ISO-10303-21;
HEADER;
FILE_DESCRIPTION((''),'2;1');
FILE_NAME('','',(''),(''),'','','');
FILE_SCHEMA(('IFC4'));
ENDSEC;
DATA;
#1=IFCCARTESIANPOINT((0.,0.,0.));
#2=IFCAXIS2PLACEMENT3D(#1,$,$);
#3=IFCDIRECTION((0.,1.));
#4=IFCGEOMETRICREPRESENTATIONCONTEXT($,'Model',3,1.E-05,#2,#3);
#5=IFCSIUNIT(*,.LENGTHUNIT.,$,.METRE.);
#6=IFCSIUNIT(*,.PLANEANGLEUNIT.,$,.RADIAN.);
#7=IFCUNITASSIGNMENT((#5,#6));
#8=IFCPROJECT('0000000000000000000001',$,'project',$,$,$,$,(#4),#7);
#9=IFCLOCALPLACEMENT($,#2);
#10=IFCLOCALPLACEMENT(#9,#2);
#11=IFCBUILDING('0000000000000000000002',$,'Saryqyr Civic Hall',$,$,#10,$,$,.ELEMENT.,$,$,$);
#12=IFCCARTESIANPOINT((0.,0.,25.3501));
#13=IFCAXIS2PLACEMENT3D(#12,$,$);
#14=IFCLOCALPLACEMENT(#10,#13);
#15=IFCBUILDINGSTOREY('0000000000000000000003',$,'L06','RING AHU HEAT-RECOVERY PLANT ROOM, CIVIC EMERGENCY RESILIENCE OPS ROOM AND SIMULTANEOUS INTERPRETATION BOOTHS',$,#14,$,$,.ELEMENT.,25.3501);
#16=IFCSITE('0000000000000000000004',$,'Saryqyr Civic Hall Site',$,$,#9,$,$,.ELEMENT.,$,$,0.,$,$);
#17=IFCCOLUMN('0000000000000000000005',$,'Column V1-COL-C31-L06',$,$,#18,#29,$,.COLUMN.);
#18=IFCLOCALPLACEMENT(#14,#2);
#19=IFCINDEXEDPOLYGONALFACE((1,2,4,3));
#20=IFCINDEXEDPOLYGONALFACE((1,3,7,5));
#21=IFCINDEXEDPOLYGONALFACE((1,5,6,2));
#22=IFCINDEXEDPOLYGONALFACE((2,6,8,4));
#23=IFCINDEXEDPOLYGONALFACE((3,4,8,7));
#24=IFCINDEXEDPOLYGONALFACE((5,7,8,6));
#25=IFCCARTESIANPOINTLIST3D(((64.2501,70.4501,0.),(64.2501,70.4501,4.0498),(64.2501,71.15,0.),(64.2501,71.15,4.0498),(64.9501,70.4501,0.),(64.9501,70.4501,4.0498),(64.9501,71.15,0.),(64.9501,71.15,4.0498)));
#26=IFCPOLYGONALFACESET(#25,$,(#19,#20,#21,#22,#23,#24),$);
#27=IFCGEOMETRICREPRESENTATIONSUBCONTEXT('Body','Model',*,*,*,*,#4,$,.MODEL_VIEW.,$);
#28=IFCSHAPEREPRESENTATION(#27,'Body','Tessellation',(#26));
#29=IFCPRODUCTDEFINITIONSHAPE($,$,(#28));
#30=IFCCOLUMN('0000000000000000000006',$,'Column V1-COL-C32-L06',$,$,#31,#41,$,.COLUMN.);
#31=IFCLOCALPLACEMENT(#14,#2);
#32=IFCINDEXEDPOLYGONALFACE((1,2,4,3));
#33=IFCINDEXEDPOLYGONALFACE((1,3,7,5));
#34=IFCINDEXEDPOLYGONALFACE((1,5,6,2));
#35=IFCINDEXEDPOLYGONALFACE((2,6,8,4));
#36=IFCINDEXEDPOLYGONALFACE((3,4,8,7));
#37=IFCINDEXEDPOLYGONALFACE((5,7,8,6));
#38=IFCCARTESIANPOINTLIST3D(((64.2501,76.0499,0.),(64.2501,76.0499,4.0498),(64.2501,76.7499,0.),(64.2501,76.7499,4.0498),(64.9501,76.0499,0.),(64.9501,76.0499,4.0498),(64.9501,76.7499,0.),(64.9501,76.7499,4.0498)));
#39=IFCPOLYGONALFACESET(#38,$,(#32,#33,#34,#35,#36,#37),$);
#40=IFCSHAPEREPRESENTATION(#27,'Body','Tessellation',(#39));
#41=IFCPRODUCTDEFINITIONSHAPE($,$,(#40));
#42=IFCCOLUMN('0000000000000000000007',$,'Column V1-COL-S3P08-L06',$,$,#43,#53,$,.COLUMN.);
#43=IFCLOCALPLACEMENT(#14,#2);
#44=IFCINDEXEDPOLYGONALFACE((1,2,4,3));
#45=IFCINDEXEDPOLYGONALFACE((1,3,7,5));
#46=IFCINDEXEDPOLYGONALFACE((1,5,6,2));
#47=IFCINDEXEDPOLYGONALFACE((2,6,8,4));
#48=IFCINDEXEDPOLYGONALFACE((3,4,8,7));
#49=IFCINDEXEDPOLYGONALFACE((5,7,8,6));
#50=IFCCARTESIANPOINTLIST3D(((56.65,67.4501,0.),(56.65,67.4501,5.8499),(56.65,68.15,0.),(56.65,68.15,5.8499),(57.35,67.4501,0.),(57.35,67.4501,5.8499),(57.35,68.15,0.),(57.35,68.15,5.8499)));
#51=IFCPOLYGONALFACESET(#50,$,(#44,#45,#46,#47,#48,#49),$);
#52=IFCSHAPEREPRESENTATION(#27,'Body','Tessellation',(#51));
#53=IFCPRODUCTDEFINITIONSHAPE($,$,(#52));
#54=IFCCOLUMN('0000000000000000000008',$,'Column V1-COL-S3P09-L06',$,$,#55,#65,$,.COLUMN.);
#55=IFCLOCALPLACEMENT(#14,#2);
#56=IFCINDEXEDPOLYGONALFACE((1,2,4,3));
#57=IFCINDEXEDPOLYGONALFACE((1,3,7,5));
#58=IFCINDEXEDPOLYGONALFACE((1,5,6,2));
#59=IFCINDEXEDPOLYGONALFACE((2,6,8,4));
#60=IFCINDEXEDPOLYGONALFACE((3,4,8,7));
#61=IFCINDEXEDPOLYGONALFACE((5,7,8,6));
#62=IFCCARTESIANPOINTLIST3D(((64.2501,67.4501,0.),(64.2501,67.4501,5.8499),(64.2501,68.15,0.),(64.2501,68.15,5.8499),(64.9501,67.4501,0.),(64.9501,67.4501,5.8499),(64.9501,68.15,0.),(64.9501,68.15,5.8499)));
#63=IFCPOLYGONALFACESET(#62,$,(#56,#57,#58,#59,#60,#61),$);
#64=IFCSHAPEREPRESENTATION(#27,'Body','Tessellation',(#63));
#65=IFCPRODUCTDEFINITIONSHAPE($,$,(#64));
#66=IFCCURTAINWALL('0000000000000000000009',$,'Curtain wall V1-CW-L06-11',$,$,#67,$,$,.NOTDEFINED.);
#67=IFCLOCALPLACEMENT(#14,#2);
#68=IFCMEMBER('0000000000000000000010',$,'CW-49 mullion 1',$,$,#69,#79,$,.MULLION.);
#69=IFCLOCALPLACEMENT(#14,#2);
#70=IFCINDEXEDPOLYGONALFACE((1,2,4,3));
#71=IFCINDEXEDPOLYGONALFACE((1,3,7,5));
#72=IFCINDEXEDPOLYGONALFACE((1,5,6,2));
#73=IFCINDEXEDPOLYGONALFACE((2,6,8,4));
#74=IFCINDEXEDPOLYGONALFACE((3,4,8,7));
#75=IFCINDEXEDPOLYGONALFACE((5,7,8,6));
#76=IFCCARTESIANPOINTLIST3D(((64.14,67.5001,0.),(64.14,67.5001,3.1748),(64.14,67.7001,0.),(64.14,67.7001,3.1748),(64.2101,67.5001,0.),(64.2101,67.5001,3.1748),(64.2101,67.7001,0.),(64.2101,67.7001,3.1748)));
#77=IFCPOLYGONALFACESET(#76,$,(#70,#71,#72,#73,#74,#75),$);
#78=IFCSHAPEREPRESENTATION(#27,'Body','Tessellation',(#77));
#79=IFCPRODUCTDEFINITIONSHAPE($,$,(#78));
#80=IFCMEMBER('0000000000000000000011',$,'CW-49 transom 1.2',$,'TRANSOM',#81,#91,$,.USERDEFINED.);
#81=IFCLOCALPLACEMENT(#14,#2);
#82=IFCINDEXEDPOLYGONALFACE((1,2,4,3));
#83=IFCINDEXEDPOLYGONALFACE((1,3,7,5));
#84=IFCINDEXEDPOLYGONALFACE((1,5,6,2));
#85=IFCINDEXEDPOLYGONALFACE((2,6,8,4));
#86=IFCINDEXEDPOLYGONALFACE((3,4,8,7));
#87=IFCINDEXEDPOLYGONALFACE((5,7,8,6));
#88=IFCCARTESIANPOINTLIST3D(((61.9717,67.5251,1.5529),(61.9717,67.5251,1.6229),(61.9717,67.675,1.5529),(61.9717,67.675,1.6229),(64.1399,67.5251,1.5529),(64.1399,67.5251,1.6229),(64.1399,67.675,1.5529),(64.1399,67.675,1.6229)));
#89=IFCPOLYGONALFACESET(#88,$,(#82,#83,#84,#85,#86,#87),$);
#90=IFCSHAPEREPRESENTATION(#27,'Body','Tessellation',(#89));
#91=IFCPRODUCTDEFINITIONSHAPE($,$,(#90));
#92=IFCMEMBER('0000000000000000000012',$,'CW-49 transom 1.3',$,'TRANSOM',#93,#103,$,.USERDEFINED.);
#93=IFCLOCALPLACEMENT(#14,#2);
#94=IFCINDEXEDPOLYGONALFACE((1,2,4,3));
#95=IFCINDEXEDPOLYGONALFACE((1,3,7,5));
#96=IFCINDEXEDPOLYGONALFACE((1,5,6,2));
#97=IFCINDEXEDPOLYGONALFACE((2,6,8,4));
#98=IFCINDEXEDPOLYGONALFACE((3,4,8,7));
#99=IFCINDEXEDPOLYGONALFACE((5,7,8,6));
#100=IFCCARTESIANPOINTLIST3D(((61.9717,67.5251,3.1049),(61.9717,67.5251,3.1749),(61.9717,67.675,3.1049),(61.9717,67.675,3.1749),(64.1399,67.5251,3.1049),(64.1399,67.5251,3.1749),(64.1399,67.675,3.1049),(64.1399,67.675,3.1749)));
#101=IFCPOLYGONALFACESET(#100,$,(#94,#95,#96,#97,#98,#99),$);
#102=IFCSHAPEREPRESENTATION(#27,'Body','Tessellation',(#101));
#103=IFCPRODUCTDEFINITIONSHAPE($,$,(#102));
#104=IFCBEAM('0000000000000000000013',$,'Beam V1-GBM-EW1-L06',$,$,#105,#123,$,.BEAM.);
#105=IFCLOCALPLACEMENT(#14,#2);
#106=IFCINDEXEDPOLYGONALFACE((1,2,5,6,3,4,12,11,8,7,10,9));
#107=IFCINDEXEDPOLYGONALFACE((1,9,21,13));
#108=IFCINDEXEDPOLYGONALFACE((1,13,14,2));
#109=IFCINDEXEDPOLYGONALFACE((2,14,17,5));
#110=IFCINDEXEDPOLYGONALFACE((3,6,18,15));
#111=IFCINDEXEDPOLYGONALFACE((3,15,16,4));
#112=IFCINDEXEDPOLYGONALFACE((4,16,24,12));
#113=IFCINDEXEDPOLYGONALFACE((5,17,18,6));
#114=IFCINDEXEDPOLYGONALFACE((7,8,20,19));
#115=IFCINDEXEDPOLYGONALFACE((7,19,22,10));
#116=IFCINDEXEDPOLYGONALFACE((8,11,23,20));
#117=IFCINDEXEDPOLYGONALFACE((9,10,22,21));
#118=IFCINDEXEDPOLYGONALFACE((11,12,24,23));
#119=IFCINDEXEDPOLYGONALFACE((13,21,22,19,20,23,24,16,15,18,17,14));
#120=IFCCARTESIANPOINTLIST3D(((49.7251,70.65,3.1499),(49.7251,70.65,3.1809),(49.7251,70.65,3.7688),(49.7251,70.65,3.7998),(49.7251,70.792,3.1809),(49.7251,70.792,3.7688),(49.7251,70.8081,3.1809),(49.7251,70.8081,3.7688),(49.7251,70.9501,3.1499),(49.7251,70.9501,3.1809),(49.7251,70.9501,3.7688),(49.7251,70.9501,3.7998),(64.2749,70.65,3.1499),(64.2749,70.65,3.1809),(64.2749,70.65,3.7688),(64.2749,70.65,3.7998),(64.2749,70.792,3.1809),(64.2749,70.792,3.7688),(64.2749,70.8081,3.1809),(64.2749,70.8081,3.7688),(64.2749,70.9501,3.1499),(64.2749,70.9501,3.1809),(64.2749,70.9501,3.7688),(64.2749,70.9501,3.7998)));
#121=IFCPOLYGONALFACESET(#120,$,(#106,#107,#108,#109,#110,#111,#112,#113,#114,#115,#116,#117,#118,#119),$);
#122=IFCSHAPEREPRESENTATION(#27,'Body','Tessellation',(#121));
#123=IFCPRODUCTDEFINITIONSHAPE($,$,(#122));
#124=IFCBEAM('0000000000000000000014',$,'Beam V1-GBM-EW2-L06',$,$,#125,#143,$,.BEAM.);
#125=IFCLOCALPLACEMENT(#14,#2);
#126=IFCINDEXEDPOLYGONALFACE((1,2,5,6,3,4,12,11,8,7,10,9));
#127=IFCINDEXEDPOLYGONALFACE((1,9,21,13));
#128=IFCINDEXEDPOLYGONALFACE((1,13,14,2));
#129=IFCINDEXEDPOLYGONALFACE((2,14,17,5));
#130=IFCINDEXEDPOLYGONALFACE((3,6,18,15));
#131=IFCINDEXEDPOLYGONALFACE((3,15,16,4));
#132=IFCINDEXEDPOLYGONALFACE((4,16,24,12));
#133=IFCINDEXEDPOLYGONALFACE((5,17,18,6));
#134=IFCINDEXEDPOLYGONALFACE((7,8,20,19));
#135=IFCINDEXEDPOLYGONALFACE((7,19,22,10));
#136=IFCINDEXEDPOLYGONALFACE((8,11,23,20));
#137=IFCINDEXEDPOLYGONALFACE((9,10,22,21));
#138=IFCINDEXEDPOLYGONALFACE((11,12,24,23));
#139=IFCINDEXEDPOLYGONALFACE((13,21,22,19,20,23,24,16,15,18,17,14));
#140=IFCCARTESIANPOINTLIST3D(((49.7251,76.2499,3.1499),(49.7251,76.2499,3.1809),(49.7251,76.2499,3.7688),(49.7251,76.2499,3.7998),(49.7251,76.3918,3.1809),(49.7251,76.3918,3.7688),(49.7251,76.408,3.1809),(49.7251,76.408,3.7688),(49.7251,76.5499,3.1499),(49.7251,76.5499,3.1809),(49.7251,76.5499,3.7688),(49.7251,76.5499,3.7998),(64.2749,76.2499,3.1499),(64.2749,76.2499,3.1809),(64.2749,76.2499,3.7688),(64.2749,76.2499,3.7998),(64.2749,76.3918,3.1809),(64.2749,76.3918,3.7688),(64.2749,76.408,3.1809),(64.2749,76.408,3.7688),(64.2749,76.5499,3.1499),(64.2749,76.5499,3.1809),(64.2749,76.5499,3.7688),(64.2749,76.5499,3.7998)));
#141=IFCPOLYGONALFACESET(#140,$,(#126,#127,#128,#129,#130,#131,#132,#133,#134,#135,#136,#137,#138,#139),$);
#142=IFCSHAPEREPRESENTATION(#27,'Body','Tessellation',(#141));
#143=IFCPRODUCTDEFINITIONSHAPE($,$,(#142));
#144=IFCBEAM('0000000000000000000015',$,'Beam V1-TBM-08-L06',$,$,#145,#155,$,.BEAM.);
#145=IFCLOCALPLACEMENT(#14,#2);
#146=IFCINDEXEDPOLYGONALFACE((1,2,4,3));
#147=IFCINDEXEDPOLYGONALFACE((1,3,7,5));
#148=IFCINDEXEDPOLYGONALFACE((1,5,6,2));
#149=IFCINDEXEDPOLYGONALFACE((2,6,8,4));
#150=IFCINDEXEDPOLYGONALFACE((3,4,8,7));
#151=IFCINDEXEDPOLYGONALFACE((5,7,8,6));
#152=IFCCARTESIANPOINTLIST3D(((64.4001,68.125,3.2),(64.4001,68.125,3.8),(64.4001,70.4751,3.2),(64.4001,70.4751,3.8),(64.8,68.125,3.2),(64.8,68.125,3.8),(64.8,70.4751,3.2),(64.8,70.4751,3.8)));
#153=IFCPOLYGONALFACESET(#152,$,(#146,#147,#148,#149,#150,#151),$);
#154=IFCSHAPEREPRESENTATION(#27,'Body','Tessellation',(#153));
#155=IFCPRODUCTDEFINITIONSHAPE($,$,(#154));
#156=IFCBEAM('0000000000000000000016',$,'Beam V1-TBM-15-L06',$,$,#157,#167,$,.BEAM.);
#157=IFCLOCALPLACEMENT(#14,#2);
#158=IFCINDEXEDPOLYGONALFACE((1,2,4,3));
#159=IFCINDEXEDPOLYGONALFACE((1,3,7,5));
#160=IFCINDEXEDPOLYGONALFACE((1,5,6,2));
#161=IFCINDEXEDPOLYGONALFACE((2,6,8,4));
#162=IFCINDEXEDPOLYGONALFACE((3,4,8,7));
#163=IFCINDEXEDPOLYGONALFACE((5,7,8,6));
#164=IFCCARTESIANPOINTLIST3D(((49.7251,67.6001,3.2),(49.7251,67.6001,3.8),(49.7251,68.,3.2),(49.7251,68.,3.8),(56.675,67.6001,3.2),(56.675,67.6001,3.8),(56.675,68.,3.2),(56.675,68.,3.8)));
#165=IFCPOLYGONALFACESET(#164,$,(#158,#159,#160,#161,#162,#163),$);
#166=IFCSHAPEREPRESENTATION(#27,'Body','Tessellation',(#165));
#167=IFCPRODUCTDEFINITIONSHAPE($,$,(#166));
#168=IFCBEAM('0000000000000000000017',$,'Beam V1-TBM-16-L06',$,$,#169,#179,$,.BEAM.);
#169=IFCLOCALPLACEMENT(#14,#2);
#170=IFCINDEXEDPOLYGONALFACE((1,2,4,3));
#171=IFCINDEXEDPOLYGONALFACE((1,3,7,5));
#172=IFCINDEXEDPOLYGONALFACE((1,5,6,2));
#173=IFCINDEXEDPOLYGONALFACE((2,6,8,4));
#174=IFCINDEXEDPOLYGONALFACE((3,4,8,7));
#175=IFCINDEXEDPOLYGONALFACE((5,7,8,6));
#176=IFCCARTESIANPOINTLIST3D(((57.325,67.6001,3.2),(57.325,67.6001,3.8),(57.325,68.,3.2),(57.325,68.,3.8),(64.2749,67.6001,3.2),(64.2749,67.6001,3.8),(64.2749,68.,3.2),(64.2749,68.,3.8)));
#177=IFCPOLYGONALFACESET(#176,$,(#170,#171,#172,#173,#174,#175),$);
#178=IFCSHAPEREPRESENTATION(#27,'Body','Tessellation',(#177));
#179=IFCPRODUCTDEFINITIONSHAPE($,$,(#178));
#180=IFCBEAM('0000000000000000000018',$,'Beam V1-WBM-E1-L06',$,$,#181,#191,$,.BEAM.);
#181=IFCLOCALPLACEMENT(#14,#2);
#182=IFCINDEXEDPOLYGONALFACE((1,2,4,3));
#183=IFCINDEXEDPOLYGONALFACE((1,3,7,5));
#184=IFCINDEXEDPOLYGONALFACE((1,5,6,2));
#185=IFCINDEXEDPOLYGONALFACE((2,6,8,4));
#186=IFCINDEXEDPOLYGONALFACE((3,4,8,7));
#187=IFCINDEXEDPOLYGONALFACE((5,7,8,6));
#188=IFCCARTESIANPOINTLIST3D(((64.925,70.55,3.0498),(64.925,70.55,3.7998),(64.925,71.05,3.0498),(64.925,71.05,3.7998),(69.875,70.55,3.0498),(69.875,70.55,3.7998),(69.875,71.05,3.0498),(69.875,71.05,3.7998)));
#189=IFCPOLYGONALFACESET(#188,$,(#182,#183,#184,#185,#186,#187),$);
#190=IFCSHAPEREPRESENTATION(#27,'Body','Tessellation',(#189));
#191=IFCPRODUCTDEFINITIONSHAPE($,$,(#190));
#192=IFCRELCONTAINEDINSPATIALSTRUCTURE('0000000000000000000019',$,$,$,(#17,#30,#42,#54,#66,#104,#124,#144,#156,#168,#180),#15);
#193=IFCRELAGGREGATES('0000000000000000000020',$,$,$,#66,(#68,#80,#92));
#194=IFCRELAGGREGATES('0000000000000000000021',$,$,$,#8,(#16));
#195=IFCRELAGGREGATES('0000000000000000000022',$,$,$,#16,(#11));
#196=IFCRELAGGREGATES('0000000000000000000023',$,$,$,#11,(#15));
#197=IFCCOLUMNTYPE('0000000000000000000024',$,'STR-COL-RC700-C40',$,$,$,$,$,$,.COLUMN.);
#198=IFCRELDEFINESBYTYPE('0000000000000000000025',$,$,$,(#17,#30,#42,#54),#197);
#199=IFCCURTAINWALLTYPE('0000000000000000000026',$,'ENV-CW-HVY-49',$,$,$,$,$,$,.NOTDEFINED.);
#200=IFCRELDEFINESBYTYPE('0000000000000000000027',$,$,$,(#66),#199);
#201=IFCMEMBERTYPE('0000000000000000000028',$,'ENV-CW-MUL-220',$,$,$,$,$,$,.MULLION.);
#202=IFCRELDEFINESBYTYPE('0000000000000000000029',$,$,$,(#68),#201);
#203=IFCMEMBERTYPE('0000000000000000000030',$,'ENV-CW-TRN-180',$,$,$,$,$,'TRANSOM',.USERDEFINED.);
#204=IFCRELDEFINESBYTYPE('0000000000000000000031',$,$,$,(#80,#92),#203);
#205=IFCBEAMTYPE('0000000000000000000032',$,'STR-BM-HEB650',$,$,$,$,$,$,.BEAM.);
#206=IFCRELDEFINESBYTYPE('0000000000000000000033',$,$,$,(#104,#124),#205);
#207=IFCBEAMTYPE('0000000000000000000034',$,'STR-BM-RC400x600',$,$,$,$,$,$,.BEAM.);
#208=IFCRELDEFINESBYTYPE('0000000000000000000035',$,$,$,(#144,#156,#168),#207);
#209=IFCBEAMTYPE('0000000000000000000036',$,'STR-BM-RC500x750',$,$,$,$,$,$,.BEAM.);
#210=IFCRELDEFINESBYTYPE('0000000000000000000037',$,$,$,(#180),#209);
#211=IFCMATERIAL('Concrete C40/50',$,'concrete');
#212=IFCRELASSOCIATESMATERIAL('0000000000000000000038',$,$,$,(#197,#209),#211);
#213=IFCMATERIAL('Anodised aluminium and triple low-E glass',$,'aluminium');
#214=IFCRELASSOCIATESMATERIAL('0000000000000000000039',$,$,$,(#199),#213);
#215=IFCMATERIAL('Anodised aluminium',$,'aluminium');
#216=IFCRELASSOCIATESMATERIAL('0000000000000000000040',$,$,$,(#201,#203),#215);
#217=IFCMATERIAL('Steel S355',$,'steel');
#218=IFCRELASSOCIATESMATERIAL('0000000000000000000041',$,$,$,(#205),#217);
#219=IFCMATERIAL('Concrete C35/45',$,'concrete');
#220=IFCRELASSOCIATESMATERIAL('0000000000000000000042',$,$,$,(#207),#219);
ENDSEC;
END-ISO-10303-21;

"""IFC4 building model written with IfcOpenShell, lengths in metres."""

from ifc_helpers import new_model, si_unit, direction, frame, origin, origin_2d, place, context, subcontext, project, spatial, rectangle, i_section, extrude, material, material_profile, profile_set, type_object, element, aggregate, save


model = new_model("IFC4")

# Units and contexts
model_context = context("Model", 3, precision=1e-05, world=origin(), true_north=direction((0.0, 1.0)))
body_context = subcontext(model_context, "Body", "Model", "MODEL_VIEW")
ifc_project = project(units=[si_unit("LENGTHUNIT", "METRE"), si_unit("PLANEANGLEUNIT", "RADIAN")], contexts=[model_context])

# Site, building, storey
site_placement = place(None, origin())
site = spatial("IfcSite", under=ifc_project, at=site_placement, Name="Saryqyr Civic Hall Site", CompositionType="ELEMENT", RefElevation=0.0)
building_placement = place(site_placement, origin())
building = spatial("IfcBuilding", under=site, at=building_placement, Name="Saryqyr Civic Hall", CompositionType="ELEMENT")
storey_placement = place(building_placement, frame((0.0, 0.0, 25.3501)))
storey = spatial("IfcBuildingStorey", under=building, at=storey_placement, Name="L06", Description="RING AHU HEAT-RECOVERY PLANT ROOM, CIVIC EMERGENCY RESILIENCE OPS ROOM AND SIMULTANEOUS INTERPRETATION BOOTHS", CompositionType="ELEMENT", Elevation=25.3501)

# Columns
ifc_material_1 = material(Name="Concrete C40/50", Category="concrete")
ifc_material_profile_1 = material_profile(ifc_material_1, rectangle(XDim=0.7, YDim=0.7, at=origin_2d()), Name="RC 700x700")
ifc_profile_set_1 = profile_set([ifc_material_profile_1], Name="Concrete C40/50")
column_type = type_object("IfcColumnType", Name="STR-COL-RC700-C40", PredefinedType="COLUMN", material=ifc_profile_set_1)
for number, where, z_axis, x_axis, name in (
    (1, (64.6001, 70.8, 0.0), (0.0, 0.0, 1.0), (1.0, 0.0, 0.0), "Column V1-COL-C31-L06"),
    (2, (64.6001, 76.3999, 0.0), (0.0, 0.0, 1.0), (1.0, 0.0, 0.0), "Column V1-COL-C32-L06"),
):
    element("IfcColumn", number, at=place(storey_placement, frame(where, z_axis=z_axis, x_axis=x_axis)), inside=storey, type_object=column_type, Name=name, PredefinedType="COLUMN", context=body_context, shape_type="SweptSolid", body=[
        extrude(rectangle(XDim=0.7, YDim=0.7, at=origin_2d()), origin(), (0.0, 0.0, 1.0), 4.0498),
    ])
for number, where, z_axis, x_axis, name in (
    (3, (57.0, 67.8, 0.0), (0.0, 0.0, 1.0), (1.0, 0.0, 0.0), "Column V1-COL-S3P08-L06"),
    (4, (64.6001, 67.8, 0.0), (0.0, 0.0, 1.0), (1.0, 0.0, 0.0), "Column V1-COL-S3P09-L06"),
):
    element("IfcColumn", number, at=place(storey_placement, frame(where, z_axis=z_axis, x_axis=x_axis)), inside=storey, type_object=column_type, Name=name, PredefinedType="COLUMN", context=body_context, shape_type="SweptSolid", body=[
        extrude(rectangle(XDim=0.7, YDim=0.7, at=origin_2d()), origin(), (0.0, 0.0, 1.0), 5.8499),
    ])

# Curtain wall, members
ifc_material_2 = material(Name="Anodised aluminium and triple low-E glass", Category="aluminium")
curtain_wall_type = type_object("IfcCurtainWallType", Name="ENV-CW-HVY-49", PredefinedType="NOTDEFINED", material=ifc_material_2)
curtain_wall_placement = place(storey_placement, origin())
curtain_wall = element("IfcCurtainWall", 5, at=curtain_wall_placement, inside=storey, type_object=curtain_wall_type, Name="Curtain wall V1-CW-L06-11", PredefinedType="NOTDEFINED")
ifc_material_3 = material(Name="Anodised aluminium", Category="aluminium")
ifc_material_profile_2 = material_profile(ifc_material_3, rectangle(XDim=0.0701, YDim=0.2, at=origin_2d()), Name="ALU MULLION 70x200")
ifc_profile_set_2 = profile_set([ifc_material_profile_2], Name="Anodised aluminium")
member_type_1 = type_object("IfcMemberType", Name="ENV-CW-MUL-220", PredefinedType="MULLION", material=ifc_profile_set_2)
member_1_placement = place(storey_placement, frame((64.175, 67.6001, 0.0), z_axis=(0.0, 0.0, 1.0), x_axis=(-1.0, 0.0, 0.0)))
member_1 = element("IfcMember", 6, at=member_1_placement, type_object=member_type_1, Name="CW-49 mullion 1", PredefinedType="MULLION", context=body_context, shape_type="SweptSolid", body=[
    extrude(rectangle(XDim=0.0701, YDim=0.2, at=origin_2d()), origin(), (0.0, 0.0, 1.0), 3.1748),
])
ifc_material_profile_3 = material_profile(ifc_material_3, rectangle(XDim=0.1499, YDim=0.0701, at=origin_2d()), Name="ALU TRANSOM 150x70")
ifc_profile_set_3 = profile_set([ifc_material_profile_3], Name="Anodised aluminium")
member_type_2 = type_object("IfcMemberType", Name="ENV-CW-TRN-180", ElementType="TRANSOM", PredefinedType="USERDEFINED", material=ifc_profile_set_3)
member_2_placement = place(storey_placement, frame((64.1399, 67.6001, 1.5879), z_axis=(-1.0, 0.0, 0.0), x_axis=(0.0, -1.0, 0.0)))
member_2 = element("IfcMember", 7, at=member_2_placement, type_object=member_type_2, Name="CW-49 transom 1.2", ObjectType="TRANSOM", PredefinedType="USERDEFINED", context=body_context, shape_type="SweptSolid", body=[
    extrude(rectangle(XDim=0.1499, YDim=0.0701, at=origin_2d()), origin(), (0.0, 0.0, 1.0), 2.1682),
])
member_3_placement = place(storey_placement, frame((64.1399, 67.6001, 3.1399), z_axis=(-1.0, 0.0, 0.0), x_axis=(0.0, -1.0, 0.0)))
member_3 = element("IfcMember", 8, at=member_3_placement, type_object=member_type_2, Name="CW-49 transom 1.3", ObjectType="TRANSOM", PredefinedType="USERDEFINED", context=body_context, shape_type="SweptSolid", body=[
    extrude(rectangle(XDim=0.1499, YDim=0.0701, at=origin_2d()), origin(), (0.0, 0.0, 1.0), 2.1682),
])
aggregate(curtain_wall, [member_1, member_2, member_3])

# Beams
ifc_material_4 = material(Name="Steel S355", Category="steel")
ifc_material_profile_4 = material_profile(ifc_material_4, i_section(OverallWidth=0.3, OverallDepth=0.6499, WebThickness=0.0161, FlangeThickness=0.031, at=origin_2d()), Name="HEB 650")
ifc_profile_set_4 = profile_set([ifc_material_profile_4], Name="Steel S355")
beam_type_1 = type_object("IfcBeamType", Name="STR-BM-HEB650", PredefinedType="BEAM", material=ifc_profile_set_4)
for number, where, z_axis, x_axis, name in (
    (9, (49.7251, 70.8, 3.4749), (1.0, 0.0, 0.0), (0.0, 1.0, 0.0), "Beam V1-GBM-EW1-L06"),
    (10, (49.7251, 76.3999, 3.4749), (1.0, 0.0, 0.0), (0.0, 1.0, 0.0), "Beam V1-GBM-EW2-L06"),
):
    element("IfcBeam", number, at=place(storey_placement, frame(where, z_axis=z_axis, x_axis=x_axis)), inside=storey, type_object=beam_type_1, Name=name, PredefinedType="BEAM", context=body_context, shape_type="SweptSolid", body=[
        extrude(i_section(OverallWidth=0.3, OverallDepth=0.6499, WebThickness=0.0161, FlangeThickness=0.031, at=origin_2d()), origin(), (0.0, 0.0, 1.0), 14.5498),
    ])
ifc_material_5 = material(Name="Concrete C35/45", Category="concrete")
ifc_material_profile_5 = material_profile(ifc_material_5, rectangle(XDim=0.3999, YDim=0.6001, at=origin_2d()), Name="RC 400x600")
ifc_profile_set_5 = profile_set([ifc_material_profile_5], Name="Concrete C35/45")
beam_type_2 = type_object("IfcBeamType", Name="STR-BM-RC400x600", PredefinedType="BEAM", material=ifc_profile_set_5)
beam_placement = place(storey_placement, frame((64.6001, 68.125, 3.5), z_axis=(0.0, 1.0, 0.0), x_axis=(-1.0, 0.0, 0.0)))
element("IfcBeam", 11, at=beam_placement, inside=storey, type_object=beam_type_2, Name="Beam V1-TBM-08-L06", PredefinedType="BEAM", context=body_context, shape_type="SweptSolid", body=[
    extrude(rectangle(XDim=0.3999, YDim=0.6001, at=origin_2d()), origin(), (0.0, 0.0, 1.0), 2.3501),
])
for number, where, z_axis, x_axis, name in (
    (12, (49.7251, 67.8, 3.5), (1.0, 0.0, 0.0), (0.0, 1.0, 0.0), "Beam V1-TBM-15-L06"),
    (13, (57.325, 67.8, 3.5), (1.0, 0.0, 0.0), (0.0, 1.0, 0.0), "Beam V1-TBM-16-L06"),
):
    element("IfcBeam", number, at=place(storey_placement, frame(where, z_axis=z_axis, x_axis=x_axis)), inside=storey, type_object=beam_type_2, Name=name, PredefinedType="BEAM", context=body_context, shape_type="SweptSolid", body=[
        extrude(rectangle(XDim=0.3999, YDim=0.6001, at=origin_2d()), origin(), (0.0, 0.0, 1.0), 6.95),
    ])
ifc_material_profile_6 = material_profile(ifc_material_1, rectangle(XDim=0.5, YDim=0.75, at=origin_2d()), Name="RC 500x750")
ifc_profile_set_6 = profile_set([ifc_material_profile_6], Name="Concrete C40/50")
beam_type_3 = type_object("IfcBeamType", Name="STR-BM-RC500x750", PredefinedType="BEAM", material=ifc_profile_set_6)
for number, where, z_axis, x_axis, name in (
    (14, (64.925, 70.8, 3.4248), (1.0, 0.0, 0.0), (0.0, 1.0, 0.0), "Beam V1-WBM-E1-L06"),
):
    element("IfcBeam", number, at=place(storey_placement, frame(where, z_axis=z_axis, x_axis=x_axis)), inside=storey, type_object=beam_type_3, Name=name, PredefinedType="BEAM", context=body_context, shape_type="SweptSolid", body=[
        extrude(rectangle(XDim=0.5, YDim=0.75, at=origin_2d()), origin(), (0.0, 0.0, 1.0), 4.95),
    ])

save(model, "model.ifc")
